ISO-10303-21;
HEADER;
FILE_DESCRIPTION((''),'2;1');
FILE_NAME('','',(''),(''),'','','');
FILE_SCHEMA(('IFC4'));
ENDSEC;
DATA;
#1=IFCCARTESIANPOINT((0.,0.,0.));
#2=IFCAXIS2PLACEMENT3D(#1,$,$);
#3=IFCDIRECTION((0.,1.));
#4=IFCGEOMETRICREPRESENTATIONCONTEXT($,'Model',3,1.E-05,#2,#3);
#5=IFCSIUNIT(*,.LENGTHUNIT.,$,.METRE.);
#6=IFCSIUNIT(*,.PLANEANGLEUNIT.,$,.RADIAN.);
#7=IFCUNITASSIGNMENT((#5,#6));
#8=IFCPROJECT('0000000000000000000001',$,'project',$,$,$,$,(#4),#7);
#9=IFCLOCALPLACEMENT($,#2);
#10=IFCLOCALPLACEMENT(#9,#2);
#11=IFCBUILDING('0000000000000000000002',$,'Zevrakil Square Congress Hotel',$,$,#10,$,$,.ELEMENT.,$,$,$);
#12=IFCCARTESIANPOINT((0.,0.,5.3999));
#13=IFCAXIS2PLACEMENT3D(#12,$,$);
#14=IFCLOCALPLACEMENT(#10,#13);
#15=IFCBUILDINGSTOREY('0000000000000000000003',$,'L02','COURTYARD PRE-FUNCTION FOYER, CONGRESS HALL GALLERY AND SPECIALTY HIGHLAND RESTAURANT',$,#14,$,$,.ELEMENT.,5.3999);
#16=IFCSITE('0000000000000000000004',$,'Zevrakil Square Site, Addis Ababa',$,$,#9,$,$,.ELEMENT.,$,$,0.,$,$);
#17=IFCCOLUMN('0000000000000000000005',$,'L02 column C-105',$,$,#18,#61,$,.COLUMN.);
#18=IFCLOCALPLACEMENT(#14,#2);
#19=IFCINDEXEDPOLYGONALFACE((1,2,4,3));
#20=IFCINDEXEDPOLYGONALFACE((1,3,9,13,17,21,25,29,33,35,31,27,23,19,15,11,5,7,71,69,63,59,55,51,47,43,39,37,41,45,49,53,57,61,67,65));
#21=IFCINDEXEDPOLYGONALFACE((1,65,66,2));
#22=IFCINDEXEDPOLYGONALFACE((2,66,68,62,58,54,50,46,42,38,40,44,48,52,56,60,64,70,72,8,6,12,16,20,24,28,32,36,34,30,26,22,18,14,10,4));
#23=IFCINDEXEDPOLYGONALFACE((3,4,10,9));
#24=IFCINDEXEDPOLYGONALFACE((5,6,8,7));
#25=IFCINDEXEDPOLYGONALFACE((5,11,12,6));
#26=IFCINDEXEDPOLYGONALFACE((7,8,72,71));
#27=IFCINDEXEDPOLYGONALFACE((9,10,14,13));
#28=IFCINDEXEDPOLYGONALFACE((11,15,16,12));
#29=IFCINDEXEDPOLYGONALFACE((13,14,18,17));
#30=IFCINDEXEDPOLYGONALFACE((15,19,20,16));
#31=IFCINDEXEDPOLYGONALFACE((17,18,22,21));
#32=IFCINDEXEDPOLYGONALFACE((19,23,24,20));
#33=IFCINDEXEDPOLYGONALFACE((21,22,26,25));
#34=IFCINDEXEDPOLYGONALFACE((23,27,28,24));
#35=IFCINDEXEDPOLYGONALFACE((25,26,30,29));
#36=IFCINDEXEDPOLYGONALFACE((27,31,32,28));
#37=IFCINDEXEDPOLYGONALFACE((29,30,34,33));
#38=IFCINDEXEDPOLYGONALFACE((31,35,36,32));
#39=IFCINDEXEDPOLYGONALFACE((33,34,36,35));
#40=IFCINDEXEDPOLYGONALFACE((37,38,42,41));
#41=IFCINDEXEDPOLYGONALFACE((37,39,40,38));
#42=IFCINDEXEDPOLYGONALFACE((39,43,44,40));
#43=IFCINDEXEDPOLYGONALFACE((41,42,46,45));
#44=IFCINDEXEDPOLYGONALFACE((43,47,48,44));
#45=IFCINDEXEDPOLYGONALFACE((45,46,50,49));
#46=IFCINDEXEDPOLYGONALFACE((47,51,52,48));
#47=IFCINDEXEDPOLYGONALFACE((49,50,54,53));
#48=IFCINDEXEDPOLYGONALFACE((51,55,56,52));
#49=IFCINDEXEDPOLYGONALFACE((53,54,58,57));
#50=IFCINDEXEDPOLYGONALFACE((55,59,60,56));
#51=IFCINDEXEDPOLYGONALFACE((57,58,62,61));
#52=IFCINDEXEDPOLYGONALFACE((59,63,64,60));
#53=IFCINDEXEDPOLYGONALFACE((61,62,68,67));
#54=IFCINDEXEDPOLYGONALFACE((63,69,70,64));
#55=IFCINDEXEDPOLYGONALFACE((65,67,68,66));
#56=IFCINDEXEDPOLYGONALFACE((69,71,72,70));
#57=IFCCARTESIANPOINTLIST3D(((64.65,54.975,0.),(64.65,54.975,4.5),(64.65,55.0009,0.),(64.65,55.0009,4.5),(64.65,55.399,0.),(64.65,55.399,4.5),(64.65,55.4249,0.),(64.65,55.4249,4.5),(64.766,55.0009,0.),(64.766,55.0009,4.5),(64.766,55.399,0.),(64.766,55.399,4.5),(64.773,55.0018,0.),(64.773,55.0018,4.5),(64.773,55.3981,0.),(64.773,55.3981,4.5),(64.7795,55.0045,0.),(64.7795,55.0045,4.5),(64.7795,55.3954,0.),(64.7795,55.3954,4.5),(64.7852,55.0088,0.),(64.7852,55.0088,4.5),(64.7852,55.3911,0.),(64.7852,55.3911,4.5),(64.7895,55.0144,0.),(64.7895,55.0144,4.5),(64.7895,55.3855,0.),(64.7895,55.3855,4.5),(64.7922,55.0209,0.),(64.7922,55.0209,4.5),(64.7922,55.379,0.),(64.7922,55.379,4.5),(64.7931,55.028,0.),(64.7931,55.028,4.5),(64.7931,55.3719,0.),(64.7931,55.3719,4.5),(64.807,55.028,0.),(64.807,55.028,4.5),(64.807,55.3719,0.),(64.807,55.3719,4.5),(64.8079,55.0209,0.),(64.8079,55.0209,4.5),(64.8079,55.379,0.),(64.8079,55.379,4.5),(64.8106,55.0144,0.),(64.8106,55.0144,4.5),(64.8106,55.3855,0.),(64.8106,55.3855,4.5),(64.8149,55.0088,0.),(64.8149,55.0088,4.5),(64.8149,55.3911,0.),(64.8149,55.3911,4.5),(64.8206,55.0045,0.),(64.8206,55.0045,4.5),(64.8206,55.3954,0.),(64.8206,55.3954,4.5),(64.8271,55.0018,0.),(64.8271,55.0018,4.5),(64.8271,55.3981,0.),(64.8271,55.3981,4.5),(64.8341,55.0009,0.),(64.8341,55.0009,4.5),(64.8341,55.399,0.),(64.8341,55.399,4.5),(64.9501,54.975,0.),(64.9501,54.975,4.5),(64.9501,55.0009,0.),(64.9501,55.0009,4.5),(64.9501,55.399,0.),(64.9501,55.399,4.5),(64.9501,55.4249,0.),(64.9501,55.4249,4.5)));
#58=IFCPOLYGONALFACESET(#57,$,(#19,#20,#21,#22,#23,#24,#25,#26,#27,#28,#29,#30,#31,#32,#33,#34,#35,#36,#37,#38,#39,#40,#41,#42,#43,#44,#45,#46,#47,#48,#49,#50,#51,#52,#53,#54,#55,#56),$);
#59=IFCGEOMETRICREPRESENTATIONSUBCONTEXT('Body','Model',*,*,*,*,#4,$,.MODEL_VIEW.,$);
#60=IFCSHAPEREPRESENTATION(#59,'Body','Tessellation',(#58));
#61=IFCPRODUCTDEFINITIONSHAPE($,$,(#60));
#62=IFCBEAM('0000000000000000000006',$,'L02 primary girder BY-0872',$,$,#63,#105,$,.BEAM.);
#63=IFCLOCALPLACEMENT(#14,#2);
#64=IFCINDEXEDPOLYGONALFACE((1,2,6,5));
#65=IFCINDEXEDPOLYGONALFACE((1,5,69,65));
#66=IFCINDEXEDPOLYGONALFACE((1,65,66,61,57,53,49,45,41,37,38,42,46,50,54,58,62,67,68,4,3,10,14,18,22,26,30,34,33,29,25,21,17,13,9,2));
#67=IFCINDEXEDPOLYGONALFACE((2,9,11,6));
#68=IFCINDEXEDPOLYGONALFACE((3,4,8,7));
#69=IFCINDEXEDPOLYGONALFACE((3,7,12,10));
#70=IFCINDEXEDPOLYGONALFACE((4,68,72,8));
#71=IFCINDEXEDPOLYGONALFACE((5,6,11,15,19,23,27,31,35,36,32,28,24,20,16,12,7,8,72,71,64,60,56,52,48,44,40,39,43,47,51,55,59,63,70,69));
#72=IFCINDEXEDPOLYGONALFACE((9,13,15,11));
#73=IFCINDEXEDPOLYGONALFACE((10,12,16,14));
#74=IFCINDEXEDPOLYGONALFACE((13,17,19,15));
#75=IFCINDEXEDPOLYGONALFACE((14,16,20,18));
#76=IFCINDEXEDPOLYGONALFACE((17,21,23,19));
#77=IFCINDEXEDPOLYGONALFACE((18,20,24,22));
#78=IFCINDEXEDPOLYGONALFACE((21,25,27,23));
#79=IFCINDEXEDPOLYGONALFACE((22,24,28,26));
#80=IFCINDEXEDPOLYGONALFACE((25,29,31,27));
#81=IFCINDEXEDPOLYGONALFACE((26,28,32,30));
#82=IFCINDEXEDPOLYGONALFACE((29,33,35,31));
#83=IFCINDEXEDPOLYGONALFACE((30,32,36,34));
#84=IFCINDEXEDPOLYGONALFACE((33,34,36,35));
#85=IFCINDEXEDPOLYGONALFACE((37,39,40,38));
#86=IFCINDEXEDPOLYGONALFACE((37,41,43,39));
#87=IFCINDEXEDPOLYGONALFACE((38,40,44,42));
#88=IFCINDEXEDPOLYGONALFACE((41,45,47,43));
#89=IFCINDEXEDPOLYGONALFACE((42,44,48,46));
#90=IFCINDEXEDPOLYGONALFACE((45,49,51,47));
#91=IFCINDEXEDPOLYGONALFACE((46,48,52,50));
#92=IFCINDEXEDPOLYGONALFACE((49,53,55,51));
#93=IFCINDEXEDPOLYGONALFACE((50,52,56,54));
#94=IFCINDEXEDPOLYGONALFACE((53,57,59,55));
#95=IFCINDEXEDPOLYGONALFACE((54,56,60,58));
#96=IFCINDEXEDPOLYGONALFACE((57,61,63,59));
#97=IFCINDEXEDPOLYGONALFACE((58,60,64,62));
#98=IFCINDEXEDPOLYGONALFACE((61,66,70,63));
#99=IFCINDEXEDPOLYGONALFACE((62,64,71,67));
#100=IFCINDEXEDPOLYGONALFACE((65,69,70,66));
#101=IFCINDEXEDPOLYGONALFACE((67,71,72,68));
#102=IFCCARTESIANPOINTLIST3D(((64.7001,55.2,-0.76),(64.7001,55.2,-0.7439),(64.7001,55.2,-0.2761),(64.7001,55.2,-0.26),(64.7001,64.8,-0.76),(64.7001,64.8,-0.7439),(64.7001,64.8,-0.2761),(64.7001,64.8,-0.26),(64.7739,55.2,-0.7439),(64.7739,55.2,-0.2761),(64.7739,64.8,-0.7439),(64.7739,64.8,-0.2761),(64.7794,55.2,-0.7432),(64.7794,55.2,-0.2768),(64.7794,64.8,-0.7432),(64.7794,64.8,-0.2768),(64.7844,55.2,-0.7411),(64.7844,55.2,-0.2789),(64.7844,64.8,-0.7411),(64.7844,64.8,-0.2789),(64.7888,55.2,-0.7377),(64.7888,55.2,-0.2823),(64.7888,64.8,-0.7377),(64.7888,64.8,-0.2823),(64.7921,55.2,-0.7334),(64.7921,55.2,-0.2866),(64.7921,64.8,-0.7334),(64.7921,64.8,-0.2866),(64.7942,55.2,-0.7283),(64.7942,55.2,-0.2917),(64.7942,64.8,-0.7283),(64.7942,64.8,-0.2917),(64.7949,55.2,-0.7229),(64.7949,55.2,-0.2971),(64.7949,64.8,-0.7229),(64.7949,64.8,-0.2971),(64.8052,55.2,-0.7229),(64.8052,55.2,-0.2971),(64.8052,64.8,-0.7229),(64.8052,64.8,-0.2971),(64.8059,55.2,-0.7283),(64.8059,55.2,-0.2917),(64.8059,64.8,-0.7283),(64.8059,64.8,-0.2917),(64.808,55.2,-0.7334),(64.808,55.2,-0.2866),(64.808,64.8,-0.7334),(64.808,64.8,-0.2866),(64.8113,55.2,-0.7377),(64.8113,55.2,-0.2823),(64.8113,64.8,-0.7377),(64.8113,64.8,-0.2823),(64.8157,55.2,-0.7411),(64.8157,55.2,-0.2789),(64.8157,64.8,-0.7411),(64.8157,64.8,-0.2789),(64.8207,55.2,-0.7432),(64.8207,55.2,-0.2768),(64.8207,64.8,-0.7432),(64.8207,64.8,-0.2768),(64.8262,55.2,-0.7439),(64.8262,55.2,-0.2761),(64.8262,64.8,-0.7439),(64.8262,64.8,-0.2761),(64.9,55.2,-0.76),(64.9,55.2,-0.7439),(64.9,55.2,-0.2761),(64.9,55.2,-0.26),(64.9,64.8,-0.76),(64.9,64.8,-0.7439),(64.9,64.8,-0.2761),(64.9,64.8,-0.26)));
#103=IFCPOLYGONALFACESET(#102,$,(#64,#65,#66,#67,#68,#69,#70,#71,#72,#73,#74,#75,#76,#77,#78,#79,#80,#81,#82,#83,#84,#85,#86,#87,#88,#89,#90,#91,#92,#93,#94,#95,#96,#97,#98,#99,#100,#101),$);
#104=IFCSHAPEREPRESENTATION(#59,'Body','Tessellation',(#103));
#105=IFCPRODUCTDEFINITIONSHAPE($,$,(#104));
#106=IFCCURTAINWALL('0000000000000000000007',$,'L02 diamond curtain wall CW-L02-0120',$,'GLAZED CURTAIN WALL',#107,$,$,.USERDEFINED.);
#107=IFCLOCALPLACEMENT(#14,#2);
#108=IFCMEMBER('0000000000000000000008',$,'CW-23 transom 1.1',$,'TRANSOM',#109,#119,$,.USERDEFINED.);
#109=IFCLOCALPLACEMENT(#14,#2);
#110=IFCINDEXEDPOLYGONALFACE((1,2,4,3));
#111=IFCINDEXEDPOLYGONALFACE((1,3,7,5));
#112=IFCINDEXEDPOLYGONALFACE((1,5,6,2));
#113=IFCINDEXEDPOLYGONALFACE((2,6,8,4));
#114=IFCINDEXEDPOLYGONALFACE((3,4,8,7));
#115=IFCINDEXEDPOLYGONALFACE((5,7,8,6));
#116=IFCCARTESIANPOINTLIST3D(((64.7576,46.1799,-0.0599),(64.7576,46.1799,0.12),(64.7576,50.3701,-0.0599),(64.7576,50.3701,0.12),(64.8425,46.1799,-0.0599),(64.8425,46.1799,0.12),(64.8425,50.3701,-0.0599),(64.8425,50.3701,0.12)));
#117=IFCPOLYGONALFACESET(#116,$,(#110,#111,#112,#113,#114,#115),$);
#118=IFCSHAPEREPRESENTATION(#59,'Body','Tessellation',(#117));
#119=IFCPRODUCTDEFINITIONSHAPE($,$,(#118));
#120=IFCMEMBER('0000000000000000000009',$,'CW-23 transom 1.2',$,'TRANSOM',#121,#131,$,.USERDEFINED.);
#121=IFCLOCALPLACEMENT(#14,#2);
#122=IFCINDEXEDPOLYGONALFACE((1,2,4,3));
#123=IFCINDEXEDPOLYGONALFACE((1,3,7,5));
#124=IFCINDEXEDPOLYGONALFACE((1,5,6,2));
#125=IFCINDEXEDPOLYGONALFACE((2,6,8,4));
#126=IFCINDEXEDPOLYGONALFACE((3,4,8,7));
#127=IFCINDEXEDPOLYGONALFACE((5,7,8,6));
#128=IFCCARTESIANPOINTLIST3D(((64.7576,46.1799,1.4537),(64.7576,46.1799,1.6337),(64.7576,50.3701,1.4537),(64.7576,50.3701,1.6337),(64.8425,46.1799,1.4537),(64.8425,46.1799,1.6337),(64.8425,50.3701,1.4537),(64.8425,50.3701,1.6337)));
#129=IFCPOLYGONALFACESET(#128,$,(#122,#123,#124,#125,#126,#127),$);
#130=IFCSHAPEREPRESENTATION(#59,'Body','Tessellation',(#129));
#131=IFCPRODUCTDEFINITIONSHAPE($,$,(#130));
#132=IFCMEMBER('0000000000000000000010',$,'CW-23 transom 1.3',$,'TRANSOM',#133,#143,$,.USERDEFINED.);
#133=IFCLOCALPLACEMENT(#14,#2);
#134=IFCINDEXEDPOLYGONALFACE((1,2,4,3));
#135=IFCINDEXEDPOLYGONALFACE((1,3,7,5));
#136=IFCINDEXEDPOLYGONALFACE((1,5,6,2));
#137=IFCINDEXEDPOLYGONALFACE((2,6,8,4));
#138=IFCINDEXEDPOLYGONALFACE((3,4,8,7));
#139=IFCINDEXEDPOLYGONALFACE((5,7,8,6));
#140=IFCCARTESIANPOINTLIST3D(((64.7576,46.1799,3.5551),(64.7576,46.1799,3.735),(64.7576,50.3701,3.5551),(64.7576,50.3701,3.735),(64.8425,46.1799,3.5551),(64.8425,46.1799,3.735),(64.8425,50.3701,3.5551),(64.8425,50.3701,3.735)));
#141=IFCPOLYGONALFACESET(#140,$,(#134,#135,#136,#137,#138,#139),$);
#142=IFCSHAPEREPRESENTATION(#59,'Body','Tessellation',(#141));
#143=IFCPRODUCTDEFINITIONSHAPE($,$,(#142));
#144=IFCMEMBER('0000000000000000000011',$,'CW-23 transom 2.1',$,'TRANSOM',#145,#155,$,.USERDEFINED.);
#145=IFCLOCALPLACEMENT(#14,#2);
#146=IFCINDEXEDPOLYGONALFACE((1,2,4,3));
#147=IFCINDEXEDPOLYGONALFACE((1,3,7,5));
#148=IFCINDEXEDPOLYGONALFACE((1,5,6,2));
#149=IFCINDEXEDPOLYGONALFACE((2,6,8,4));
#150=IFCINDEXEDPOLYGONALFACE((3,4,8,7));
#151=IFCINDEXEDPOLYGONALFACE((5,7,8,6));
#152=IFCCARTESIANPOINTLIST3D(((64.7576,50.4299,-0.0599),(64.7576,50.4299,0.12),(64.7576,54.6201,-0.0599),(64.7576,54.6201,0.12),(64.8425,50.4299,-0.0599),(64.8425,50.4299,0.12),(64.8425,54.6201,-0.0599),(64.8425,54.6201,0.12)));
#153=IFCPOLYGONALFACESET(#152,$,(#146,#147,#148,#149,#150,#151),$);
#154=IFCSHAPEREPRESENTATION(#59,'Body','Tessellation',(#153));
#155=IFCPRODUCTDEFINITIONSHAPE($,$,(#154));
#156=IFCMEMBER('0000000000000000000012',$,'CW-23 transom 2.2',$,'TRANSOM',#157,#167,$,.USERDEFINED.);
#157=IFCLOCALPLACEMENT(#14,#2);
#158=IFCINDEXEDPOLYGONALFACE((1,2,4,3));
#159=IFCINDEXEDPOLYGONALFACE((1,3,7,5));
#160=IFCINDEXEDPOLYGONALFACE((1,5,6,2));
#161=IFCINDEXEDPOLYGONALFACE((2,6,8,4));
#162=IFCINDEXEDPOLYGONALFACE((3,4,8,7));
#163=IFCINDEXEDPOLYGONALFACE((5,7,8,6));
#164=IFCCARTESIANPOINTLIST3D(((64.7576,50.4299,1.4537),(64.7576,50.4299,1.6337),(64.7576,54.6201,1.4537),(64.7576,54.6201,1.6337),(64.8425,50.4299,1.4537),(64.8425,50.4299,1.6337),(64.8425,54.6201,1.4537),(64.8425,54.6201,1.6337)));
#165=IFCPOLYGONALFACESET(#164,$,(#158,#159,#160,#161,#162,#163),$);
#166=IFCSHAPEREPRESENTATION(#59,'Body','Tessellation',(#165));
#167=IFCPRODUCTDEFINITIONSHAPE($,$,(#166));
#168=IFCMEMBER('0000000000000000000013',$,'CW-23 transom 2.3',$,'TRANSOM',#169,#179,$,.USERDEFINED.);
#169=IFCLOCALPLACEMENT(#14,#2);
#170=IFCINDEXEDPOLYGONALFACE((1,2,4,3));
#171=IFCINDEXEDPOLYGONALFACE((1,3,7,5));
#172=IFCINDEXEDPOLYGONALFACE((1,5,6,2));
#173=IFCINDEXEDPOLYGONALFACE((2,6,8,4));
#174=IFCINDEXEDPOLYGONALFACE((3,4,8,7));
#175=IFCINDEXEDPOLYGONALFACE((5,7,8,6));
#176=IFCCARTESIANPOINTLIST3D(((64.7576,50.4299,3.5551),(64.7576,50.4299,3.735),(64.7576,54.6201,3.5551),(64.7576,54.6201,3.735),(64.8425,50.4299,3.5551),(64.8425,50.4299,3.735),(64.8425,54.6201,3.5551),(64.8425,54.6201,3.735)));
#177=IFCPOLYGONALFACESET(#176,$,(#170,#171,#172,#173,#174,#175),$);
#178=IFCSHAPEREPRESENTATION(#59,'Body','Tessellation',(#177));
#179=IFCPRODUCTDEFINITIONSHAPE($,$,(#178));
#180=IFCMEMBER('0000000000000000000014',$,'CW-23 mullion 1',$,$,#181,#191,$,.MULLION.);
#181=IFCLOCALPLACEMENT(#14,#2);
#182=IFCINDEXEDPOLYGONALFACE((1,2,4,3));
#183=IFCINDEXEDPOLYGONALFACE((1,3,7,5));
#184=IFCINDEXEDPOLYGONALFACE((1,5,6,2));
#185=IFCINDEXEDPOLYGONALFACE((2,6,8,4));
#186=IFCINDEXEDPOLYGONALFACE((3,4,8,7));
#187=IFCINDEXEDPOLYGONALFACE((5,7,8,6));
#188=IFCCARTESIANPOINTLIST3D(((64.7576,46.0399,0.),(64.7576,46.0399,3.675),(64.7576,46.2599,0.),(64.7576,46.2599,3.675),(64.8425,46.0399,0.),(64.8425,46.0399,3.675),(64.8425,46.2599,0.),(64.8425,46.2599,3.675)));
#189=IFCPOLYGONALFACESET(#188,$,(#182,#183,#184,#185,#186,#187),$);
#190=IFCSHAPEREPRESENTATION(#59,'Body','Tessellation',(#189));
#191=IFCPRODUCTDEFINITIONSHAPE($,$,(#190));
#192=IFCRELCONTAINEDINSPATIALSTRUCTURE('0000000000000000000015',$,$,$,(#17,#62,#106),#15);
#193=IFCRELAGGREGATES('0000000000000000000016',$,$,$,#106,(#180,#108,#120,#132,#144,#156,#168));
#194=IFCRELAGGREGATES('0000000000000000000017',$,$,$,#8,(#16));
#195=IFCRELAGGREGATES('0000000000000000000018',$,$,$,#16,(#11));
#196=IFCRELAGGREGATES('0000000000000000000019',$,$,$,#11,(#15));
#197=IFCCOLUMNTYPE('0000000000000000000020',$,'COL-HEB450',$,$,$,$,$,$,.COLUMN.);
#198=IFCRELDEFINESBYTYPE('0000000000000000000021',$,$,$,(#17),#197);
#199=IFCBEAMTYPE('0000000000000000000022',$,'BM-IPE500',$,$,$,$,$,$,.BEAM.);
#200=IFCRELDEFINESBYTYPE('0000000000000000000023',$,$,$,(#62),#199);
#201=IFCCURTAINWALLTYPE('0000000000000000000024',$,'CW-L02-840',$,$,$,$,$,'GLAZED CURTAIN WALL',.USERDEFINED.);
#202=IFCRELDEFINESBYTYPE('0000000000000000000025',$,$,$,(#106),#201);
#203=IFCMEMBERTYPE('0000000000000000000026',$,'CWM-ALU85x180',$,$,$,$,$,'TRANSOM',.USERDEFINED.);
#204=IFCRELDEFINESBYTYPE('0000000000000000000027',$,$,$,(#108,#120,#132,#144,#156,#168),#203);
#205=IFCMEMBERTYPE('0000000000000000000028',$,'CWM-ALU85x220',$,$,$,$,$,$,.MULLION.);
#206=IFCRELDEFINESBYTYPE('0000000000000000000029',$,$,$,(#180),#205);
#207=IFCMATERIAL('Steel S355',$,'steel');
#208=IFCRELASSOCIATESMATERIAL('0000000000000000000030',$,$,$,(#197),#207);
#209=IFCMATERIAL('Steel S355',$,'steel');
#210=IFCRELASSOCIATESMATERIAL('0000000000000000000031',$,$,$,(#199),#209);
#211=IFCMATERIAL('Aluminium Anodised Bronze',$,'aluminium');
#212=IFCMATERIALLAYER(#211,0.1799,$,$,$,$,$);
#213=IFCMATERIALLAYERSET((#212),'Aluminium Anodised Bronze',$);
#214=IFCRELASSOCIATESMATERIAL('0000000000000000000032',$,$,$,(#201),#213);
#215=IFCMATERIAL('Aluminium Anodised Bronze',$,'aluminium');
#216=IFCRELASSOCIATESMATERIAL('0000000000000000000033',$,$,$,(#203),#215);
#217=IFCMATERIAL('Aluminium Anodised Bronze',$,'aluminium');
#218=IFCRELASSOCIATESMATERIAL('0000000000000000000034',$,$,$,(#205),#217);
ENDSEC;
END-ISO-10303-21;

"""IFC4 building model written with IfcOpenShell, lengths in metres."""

from ifc_helpers import new_model, si_unit, direction, frame, origin, origin_2d, place, context, subcontext, project, spatial, rectangle, i_section, extrude, material, layer, layer_set, material_profile, profile_set, type_object, element, aggregate, save


model = new_model("IFC4")

# Units and contexts
model_context = context("Model", 3, precision=1e-05, world=origin(), true_north=direction((0.0, 1.0)))
body_context = subcontext(model_context, "Body", "Model", "MODEL_VIEW")
ifc_project = project(units=[si_unit("LENGTHUNIT", "METRE"), si_unit("PLANEANGLEUNIT", "RADIAN")], contexts=[model_context])

# Site, building, storey
site_placement = place(None, origin())
site = spatial("IfcSite", under=ifc_project, at=site_placement, Name="Zevrakil Square Site, Addis Ababa", CompositionType="ELEMENT", RefElevation=0.0)
building_placement = place(site_placement, origin())
building = spatial("IfcBuilding", under=site, at=building_placement, Name="Zevrakil Square Congress Hotel", CompositionType="ELEMENT")
storey_placement = place(building_placement, frame((0.0, 0.0, 5.3999)))
storey = spatial("IfcBuildingStorey", under=building, at=storey_placement, Name="L02", Description="COURTYARD PRE-FUNCTION FOYER, CONGRESS HALL GALLERY AND SPECIALTY HIGHLAND RESTAURANT", CompositionType="ELEMENT", Elevation=5.3999)

# Column
ifc_material_1 = material(Name="Steel S355", Category="steel")
ifc_material_profile_1 = material_profile(ifc_material_1, i_section(OverallWidth=0.3, OverallDepth=0.45, WebThickness=0.0139, FlangeThickness=0.0259, FilletRadius=0.0271, at=origin_2d()), Name="HEB 450")
ifc_profile_set_1 = profile_set([ifc_material_profile_1], Name="Steel S355")
column_type = type_object("IfcColumnType", Name="COL-HEB450", PredefinedType="COLUMN", material=ifc_profile_set_1)
column_placement = place(storey_placement, frame((64.8, 55.2, 0.0), z_axis=(0.0, 0.0, 1.0), x_axis=(1.0, 0.0, 0.0)))
element("IfcColumn", 1, at=column_placement, inside=storey, type_object=column_type, Name="L02 column C-105", PredefinedType="COLUMN", context=body_context, shape_type="SweptSolid", body=[
    extrude(i_section(OverallWidth=0.3, OverallDepth=0.45, WebThickness=0.0139, FlangeThickness=0.0259, FilletRadius=0.0271, at=origin_2d()), origin(), (0.0, 0.0, 1.0), 4.5),
])

# Beam
ifc_material_2 = material(Name="Steel S355", Category="steel")
ifc_material_profile_2 = material_profile(ifc_material_2, i_section(OverallWidth=0.2, OverallDepth=0.5, WebThickness=0.0103, FlangeThickness=0.0161, FilletRadius=0.021, at=origin_2d()), Name="IPE 500")
ifc_profile_set_2 = profile_set([ifc_material_profile_2], Name="Steel S355")
beam_type = type_object("IfcBeamType", Name="BM-IPE500", PredefinedType="BEAM", material=ifc_profile_set_2)
beam_placement = place(storey_placement, frame((64.8, 55.2, -0.51), z_axis=(0.0, 1.0, 0.0), x_axis=(-1.0, 0.0, 0.0)))
element("IfcBeam", 2, at=beam_placement, inside=storey, type_object=beam_type, Name="L02 primary girder BY-0872", PredefinedType="BEAM", context=body_context, shape_type="SweptSolid", body=[
    extrude(i_section(OverallWidth=0.2, OverallDepth=0.5, WebThickness=0.0103, FlangeThickness=0.0161, FilletRadius=0.021, at=origin_2d()), origin(), (0.0, 0.0, 1.0), 9.6001),
])

# Curtain wall, members
ifc_material_3 = material(Name="Aluminium Anodised Bronze", Category="aluminium")
ifc_layer_1 = layer(ifc_material_3, 0.1799)
ifc_layer_set_1 = layer_set([ifc_layer_1], Name="Aluminium Anodised Bronze")
curtain_wall_type = type_object("IfcCurtainWallType", Name="CW-L02-840", ElementType="GLAZED CURTAIN WALL", PredefinedType="USERDEFINED", material=ifc_layer_set_1)
curtain_wall_placement = place(storey_placement, origin())
curtain_wall = element("IfcCurtainWall", 3, at=curtain_wall_placement, inside=storey, type_object=curtain_wall_type, Name="L02 diamond curtain wall CW-L02-0120", ObjectType="GLAZED CURTAIN WALL", PredefinedType="USERDEFINED")
ifc_material_4 = material(Name="Aluminium Anodised Bronze", Category="aluminium")
ifc_material_profile_3 = material_profile(ifc_material_4, rectangle(XDim=0.085, YDim=0.1799, at=origin_2d()), Name="ALU 85x180")
ifc_profile_set_3 = profile_set([ifc_material_profile_3], Name="Aluminium Anodised Bronze")
member_type_1 = type_object("IfcMemberType", Name="CWM-ALU85x180", ElementType="TRANSOM", PredefinedType="USERDEFINED", material=ifc_profile_set_3)
member_1_placement = place(storey_placement, frame((64.8, 46.1799, 0.03), z_axis=(0.0, 1.0, 0.0), x_axis=(-1.0, 0.0, 0.0)))
member_1 = element("IfcMember", 4, at=member_1_placement, type_object=member_type_1, Name="CW-23 transom 1.1", ObjectType="TRANSOM", PredefinedType="USERDEFINED", context=body_context, shape_type="SweptSolid", body=[
    extrude(rectangle(XDim=0.085, YDim=0.1799, at=origin_2d()), origin(), (0.0, 0.0, 1.0), 4.1902),
])
member_2_placement = place(storey_placement, frame((64.8, 46.1799, 1.5437), z_axis=(0.0, 1.0, 0.0), x_axis=(-1.0, 0.0, 0.0)))
member_2 = element("IfcMember", 5, at=member_2_placement, type_object=member_type_1, Name="CW-23 transom 1.2", ObjectType="TRANSOM", PredefinedType="USERDEFINED", context=body_context, shape_type="SweptSolid", body=[
    extrude(rectangle(XDim=0.085, YDim=0.1799, at=origin_2d()), origin(), (0.0, 0.0, 1.0), 4.1902),
])
member_3_placement = place(storey_placement, frame((64.8, 46.1799, 3.645), z_axis=(0.0, 1.0, 0.0), x_axis=(-1.0, 0.0, 0.0)))
member_3 = element("IfcMember", 6, at=member_3_placement, type_object=member_type_1, Name="CW-23 transom 1.3", ObjectType="TRANSOM", PredefinedType="USERDEFINED", context=body_context, shape_type="SweptSolid", body=[
    extrude(rectangle(XDim=0.085, YDim=0.1799, at=origin_2d()), origin(), (0.0, 0.0, 1.0), 4.1902),
])
member_4_placement = place(storey_placement, frame((64.8, 50.4299, 0.03), z_axis=(0.0, 1.0, 0.0), x_axis=(-1.0, 0.0, 0.0)))
member_4 = element("IfcMember", 7, at=member_4_placement, type_object=member_type_1, Name="CW-23 transom 2.1", ObjectType="TRANSOM", PredefinedType="USERDEFINED", context=body_context, shape_type="SweptSolid", body=[
    extrude(rectangle(XDim=0.085, YDim=0.1799, at=origin_2d()), origin(), (0.0, 0.0, 1.0), 4.1902),
])
member_5_placement = place(storey_placement, frame((64.8, 50.4299, 1.5437), z_axis=(0.0, 1.0, 0.0), x_axis=(-1.0, 0.0, 0.0)))
member_5 = element("IfcMember", 8, at=member_5_placement, type_object=member_type_1, Name="CW-23 transom 2.2", ObjectType="TRANSOM", PredefinedType="USERDEFINED", context=body_context, shape_type="SweptSolid", body=[
    extrude(rectangle(XDim=0.085, YDim=0.1799, at=origin_2d()), origin(), (0.0, 0.0, 1.0), 4.1902),
])
member_6_placement = place(storey_placement, frame((64.8, 50.4299, 3.645), z_axis=(0.0, 1.0, 0.0), x_axis=(-1.0, 0.0, 0.0)))
member_6 = element("IfcMember", 9, at=member_6_placement, type_object=member_type_1, Name="CW-23 transom 2.3", ObjectType="TRANSOM", PredefinedType="USERDEFINED", context=body_context, shape_type="SweptSolid", body=[
    extrude(rectangle(XDim=0.085, YDim=0.1799, at=origin_2d()), origin(), (0.0, 0.0, 1.0), 4.1902),
])
ifc_material_5 = material(Name="Aluminium Anodised Bronze", Category="aluminium")
ifc_material_profile_4 = material_profile(ifc_material_5, rectangle(XDim=0.085, YDim=0.22, at=origin_2d()), Name="ALU 85x220")
ifc_profile_set_4 = profile_set([ifc_material_profile_4], Name="Aluminium Anodised Bronze")
member_type_2 = type_object("IfcMemberType", Name="CWM-ALU85x220", PredefinedType="MULLION", material=ifc_profile_set_4)
member_7_placement = place(storey_placement, frame((64.8, 46.1499, 0.0), z_axis=(0.0, 0.0, 1.0), x_axis=(-1.0, 0.0, 0.0)))
member_7 = element("IfcMember", 10, at=member_7_placement, type_object=member_type_2, Name="CW-23 mullion 1", PredefinedType="MULLION", context=body_context, shape_type="SweptSolid", body=[
    extrude(rectangle(XDim=0.085, YDim=0.22, at=origin_2d()), origin(), (0.0, 0.0, 1.0), 3.675),
])
aggregate(curtain_wall, [member_7, member_1, member_2, member_3, member_4, member_5, member_6])

save(model, "model.ifc")
